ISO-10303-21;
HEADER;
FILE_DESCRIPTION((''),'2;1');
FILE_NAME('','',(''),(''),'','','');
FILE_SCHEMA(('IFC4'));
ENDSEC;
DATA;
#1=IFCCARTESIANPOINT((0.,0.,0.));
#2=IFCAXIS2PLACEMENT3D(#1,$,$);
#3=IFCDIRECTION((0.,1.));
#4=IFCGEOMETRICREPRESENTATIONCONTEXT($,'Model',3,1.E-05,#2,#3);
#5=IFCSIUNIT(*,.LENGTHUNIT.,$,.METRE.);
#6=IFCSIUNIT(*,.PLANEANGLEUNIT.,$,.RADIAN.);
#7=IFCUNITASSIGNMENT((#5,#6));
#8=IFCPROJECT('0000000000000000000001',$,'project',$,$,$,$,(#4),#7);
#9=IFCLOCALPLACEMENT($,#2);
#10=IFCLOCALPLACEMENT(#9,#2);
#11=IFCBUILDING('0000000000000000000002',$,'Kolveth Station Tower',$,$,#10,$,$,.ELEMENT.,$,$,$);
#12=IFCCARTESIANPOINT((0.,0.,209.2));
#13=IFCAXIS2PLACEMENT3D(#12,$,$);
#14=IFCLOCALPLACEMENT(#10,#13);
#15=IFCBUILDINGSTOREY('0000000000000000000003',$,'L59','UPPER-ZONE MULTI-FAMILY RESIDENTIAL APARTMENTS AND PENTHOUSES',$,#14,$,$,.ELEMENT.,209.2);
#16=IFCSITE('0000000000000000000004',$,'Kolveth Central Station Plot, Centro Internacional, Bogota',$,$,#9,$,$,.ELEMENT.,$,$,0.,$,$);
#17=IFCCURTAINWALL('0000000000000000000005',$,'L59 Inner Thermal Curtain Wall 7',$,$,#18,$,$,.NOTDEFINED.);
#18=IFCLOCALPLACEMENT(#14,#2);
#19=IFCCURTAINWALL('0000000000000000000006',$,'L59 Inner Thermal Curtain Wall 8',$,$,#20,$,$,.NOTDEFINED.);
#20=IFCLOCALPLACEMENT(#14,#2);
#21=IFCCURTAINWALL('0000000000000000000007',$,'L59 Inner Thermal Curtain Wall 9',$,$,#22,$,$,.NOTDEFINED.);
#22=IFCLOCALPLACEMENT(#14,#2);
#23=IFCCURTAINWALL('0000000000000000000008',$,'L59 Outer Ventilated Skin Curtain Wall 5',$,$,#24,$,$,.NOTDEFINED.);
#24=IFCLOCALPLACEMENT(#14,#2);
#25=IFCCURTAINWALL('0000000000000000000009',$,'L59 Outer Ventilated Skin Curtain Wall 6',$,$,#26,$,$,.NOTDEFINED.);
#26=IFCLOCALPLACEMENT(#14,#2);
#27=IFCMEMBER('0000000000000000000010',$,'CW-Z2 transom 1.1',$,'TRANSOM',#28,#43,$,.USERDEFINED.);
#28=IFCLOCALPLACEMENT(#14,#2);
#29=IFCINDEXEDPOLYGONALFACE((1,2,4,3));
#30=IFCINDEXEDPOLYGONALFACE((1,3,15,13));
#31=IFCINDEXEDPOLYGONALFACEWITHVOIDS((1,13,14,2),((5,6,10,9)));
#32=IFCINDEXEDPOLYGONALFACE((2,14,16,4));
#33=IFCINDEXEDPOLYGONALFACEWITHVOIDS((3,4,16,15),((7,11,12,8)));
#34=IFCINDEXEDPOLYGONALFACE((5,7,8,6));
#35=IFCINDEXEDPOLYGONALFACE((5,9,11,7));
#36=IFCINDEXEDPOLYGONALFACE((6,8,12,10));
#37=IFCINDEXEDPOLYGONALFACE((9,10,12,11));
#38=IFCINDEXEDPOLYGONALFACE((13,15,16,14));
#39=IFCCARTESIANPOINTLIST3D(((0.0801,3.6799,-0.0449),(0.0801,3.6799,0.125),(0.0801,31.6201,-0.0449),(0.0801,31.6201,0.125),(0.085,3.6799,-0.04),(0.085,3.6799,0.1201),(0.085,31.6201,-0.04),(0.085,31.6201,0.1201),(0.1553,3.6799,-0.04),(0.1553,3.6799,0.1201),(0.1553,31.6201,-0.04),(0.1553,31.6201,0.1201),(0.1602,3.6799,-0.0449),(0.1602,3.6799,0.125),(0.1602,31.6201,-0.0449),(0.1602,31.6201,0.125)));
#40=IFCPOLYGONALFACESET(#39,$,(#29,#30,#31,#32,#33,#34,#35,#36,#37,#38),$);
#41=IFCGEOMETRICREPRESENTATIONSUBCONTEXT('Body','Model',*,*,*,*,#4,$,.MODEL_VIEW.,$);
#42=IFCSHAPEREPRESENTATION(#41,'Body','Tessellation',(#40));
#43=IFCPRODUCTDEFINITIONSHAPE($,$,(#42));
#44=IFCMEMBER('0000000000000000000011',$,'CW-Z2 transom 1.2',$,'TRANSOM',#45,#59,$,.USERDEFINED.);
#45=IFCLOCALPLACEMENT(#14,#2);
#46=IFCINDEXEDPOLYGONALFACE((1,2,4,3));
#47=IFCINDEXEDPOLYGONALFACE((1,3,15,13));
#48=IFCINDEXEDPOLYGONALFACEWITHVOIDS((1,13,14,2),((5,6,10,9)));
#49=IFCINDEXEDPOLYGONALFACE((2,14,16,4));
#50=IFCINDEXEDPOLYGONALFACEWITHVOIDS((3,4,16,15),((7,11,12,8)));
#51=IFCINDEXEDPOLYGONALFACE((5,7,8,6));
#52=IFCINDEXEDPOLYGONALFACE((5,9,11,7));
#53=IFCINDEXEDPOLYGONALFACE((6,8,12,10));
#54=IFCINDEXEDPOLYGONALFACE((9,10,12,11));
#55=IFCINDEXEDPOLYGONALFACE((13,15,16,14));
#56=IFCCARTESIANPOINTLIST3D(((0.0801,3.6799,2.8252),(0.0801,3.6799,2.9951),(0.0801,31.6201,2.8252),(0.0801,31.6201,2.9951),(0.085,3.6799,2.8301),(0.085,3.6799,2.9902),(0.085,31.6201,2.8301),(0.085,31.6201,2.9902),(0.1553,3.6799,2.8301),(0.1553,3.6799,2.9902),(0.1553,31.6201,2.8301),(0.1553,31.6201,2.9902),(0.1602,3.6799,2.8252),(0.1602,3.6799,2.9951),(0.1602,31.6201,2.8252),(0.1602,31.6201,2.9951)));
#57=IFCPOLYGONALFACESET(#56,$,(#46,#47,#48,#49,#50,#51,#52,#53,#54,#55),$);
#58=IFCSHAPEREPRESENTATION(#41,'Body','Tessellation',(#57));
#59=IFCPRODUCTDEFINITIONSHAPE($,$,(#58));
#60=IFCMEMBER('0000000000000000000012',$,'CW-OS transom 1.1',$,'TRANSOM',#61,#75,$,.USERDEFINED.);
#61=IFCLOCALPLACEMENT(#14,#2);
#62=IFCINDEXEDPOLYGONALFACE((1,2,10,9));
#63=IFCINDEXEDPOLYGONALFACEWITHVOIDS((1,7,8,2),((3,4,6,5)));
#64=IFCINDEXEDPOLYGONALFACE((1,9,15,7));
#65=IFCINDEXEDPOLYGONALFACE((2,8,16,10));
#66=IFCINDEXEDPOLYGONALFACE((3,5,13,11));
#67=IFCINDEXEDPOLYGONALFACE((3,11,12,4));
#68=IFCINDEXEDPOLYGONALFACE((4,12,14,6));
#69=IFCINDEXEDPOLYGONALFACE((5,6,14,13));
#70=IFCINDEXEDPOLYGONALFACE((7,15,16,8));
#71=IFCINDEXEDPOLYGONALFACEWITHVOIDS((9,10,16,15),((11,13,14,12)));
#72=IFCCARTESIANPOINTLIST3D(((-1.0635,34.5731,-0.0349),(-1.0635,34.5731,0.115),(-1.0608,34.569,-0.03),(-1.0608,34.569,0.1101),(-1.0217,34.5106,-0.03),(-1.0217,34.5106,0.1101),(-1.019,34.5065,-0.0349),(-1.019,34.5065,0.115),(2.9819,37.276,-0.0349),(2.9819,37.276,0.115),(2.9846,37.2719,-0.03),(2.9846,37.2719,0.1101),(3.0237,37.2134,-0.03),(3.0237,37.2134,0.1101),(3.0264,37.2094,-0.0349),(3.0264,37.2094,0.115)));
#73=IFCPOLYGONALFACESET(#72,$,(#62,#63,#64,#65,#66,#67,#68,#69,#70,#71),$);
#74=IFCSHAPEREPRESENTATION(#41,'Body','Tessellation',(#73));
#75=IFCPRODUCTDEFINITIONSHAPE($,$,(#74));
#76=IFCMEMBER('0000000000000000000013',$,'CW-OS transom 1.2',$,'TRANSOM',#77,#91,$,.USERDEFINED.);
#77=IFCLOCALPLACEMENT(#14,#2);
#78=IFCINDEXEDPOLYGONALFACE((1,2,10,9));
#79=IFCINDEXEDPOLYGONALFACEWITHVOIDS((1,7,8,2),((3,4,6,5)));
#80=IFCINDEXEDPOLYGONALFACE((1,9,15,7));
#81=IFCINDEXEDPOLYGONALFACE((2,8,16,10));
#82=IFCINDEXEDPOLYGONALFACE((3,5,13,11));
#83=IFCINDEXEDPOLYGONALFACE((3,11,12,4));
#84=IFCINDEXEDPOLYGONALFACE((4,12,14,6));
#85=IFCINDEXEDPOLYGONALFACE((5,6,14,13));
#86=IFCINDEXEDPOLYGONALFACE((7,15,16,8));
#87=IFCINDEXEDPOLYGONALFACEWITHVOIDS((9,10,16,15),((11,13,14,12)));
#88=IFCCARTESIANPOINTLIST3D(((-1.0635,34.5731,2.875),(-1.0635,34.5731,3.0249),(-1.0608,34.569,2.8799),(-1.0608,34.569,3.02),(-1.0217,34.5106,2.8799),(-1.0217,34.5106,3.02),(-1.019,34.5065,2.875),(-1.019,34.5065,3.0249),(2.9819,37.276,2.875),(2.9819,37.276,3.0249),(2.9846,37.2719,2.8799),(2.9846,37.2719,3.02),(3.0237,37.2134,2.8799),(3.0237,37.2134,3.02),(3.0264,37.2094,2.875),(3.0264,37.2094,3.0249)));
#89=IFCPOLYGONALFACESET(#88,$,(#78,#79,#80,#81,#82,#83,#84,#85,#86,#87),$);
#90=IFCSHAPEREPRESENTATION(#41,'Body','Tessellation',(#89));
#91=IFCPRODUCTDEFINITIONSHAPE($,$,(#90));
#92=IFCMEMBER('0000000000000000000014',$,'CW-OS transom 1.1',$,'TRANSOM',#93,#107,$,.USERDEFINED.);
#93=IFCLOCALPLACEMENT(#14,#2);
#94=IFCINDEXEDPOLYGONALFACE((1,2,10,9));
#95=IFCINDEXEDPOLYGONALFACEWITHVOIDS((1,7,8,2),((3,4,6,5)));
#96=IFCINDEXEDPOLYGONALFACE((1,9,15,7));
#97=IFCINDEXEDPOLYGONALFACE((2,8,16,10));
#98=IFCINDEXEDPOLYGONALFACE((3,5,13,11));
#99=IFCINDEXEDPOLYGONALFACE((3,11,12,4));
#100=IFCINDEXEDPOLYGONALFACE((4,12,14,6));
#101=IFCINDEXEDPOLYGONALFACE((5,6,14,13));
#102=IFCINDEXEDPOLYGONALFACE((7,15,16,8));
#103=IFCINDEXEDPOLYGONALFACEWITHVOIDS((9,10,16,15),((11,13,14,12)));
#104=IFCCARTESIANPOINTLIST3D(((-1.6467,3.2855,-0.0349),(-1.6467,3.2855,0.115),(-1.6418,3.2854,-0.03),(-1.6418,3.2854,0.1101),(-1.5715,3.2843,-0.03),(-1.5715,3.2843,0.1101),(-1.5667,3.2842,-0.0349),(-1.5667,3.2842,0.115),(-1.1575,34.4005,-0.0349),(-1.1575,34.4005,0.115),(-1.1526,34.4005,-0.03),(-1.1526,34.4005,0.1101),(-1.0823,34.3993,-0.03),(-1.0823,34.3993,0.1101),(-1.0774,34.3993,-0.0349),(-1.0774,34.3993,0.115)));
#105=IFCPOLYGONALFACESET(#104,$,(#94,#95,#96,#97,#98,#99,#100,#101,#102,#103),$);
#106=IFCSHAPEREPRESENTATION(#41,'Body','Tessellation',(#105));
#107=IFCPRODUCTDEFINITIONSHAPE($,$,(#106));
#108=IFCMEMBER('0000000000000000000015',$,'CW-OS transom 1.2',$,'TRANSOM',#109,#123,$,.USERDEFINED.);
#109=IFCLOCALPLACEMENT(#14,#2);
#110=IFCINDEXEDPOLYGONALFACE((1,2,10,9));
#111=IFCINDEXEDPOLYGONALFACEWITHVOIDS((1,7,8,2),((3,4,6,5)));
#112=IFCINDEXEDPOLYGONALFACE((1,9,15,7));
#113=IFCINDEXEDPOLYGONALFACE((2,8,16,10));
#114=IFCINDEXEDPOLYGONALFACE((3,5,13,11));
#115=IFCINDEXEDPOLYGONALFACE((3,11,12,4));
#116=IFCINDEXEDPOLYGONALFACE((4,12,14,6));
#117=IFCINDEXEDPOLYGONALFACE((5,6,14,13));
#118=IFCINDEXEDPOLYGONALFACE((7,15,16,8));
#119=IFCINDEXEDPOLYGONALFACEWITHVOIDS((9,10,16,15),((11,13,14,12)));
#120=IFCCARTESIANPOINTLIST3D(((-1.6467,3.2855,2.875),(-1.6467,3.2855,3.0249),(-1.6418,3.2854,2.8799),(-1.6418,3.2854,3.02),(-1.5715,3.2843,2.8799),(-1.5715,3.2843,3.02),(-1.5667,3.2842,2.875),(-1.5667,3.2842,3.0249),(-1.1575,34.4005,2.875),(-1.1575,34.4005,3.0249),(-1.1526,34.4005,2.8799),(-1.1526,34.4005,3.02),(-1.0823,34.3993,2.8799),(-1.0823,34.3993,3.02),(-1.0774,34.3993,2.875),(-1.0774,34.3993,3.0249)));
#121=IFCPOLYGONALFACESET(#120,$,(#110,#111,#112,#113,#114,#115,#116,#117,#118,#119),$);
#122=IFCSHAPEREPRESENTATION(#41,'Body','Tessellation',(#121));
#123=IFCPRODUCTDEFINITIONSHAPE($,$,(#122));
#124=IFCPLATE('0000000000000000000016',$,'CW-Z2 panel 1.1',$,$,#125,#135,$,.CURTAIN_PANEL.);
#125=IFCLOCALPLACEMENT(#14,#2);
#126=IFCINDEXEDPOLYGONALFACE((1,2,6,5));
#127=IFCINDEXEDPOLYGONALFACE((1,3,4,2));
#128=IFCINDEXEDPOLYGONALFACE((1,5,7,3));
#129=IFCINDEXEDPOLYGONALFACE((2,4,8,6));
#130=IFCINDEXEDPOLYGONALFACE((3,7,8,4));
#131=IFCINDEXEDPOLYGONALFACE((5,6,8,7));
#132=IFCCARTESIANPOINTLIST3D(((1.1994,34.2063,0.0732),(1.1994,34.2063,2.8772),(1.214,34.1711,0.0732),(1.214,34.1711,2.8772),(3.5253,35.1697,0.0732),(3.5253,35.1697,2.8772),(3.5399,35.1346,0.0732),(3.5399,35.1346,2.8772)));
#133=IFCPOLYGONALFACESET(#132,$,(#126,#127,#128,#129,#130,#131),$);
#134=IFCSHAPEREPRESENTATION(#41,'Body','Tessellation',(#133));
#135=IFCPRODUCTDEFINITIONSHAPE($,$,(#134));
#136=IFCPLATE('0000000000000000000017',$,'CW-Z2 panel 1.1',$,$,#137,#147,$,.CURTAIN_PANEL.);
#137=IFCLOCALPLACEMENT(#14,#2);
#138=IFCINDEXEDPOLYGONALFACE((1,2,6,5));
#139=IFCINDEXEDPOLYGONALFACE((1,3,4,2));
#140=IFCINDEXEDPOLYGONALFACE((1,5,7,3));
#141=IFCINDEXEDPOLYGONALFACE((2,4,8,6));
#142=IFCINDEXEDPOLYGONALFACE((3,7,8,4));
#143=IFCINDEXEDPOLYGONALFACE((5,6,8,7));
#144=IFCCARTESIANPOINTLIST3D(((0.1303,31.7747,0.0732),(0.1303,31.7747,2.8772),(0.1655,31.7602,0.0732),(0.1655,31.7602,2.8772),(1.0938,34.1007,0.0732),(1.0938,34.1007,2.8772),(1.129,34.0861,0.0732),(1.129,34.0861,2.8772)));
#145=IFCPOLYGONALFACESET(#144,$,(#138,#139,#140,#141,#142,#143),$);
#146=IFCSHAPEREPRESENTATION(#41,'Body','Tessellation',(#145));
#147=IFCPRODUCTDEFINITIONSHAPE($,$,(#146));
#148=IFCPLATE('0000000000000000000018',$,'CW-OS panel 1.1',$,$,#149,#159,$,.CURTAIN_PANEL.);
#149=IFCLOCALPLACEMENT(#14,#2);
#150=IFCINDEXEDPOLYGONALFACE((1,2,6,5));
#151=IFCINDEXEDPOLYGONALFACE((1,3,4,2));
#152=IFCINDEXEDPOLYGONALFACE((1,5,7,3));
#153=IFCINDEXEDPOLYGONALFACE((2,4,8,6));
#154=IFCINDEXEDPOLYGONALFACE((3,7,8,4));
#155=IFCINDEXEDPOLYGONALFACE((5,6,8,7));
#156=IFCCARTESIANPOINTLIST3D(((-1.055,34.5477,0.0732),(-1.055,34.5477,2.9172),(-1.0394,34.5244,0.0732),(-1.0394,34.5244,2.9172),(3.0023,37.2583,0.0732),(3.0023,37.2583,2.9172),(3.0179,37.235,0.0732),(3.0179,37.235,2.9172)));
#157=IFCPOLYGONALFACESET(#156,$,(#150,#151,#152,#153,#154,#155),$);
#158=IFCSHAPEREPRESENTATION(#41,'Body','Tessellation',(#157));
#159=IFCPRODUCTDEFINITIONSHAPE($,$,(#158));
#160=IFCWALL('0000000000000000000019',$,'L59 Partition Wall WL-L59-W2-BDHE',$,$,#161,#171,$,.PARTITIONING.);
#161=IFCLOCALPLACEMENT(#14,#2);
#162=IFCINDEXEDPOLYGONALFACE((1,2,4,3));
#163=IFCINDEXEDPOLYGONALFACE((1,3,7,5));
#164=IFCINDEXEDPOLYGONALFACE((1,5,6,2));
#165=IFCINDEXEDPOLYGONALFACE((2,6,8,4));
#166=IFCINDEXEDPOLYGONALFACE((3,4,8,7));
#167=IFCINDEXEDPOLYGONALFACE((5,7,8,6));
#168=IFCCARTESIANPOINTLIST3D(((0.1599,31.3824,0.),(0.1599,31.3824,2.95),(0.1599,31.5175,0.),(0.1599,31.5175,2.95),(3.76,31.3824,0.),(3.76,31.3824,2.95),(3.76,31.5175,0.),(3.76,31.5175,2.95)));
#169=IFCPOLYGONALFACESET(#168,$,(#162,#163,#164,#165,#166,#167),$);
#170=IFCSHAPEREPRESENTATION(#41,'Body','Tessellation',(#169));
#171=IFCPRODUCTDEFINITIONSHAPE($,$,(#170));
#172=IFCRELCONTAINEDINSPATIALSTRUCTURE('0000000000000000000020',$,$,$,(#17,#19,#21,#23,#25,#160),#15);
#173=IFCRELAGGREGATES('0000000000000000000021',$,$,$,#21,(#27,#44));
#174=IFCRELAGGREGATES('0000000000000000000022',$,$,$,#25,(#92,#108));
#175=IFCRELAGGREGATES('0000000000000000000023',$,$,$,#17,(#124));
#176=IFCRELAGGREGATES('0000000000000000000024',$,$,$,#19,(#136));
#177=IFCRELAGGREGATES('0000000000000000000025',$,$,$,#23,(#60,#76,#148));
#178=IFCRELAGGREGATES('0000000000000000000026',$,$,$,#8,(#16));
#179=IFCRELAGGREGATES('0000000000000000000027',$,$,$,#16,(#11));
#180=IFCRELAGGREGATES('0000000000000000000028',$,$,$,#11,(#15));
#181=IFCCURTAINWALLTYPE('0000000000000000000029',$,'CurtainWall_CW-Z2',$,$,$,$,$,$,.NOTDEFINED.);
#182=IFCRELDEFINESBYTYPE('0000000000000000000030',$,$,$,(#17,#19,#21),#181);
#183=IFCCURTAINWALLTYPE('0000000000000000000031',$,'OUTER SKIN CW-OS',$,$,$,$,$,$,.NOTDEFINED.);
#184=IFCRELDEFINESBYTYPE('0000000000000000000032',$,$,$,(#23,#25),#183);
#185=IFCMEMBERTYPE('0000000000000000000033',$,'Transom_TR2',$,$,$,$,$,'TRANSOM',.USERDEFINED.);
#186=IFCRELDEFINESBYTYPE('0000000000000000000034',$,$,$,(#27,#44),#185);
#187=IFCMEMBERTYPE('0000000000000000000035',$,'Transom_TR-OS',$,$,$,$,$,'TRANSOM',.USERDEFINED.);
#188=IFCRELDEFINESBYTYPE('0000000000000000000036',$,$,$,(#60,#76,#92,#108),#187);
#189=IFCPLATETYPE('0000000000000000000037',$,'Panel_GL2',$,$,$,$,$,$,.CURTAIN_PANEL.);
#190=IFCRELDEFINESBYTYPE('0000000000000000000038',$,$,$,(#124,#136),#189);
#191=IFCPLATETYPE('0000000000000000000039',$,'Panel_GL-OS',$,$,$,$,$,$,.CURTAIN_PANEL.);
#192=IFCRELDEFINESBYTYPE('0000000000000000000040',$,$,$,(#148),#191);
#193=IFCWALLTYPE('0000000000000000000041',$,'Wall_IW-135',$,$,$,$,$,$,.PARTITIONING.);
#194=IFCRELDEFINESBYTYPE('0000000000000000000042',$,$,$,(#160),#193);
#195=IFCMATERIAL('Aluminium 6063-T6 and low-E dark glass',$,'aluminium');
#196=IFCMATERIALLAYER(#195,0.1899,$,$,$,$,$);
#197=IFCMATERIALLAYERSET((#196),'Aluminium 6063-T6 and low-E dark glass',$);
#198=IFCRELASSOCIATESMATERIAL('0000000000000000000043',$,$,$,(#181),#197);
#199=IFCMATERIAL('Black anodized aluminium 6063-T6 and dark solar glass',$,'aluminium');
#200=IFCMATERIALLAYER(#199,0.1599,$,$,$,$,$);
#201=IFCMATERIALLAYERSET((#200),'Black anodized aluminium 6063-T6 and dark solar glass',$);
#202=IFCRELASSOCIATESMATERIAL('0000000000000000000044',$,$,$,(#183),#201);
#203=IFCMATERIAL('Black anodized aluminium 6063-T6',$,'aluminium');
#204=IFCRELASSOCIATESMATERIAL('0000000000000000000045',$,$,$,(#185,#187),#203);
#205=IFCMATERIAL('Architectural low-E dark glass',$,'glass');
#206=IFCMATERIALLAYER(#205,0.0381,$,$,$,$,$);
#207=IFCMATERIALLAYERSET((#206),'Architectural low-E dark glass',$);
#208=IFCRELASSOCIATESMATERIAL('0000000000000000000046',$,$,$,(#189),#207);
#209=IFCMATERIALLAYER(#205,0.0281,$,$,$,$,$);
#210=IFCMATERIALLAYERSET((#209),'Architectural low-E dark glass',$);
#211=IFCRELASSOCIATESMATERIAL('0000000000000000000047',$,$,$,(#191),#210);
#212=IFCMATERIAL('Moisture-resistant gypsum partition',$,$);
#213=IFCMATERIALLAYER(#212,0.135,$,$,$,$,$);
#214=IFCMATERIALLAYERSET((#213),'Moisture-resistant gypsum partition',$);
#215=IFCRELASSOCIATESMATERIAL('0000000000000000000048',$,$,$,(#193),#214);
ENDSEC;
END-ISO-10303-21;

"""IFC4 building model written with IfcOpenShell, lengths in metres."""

from ifc_helpers import new_model, si_unit, direction, frame, frame_2d, origin, origin_2d, place, context, subcontext, project, spatial, rectangle, hollow_rectangle, extrude, source, transform, mapped, material, layer, layer_set, material_profile, profile_set, type_object, element, aggregate, save


model = new_model("IFC4")

# Units and contexts
model_context = context("Model", 3, precision=1e-05, world=origin(), true_north=direction((0.0, 1.0)))
body_context = subcontext(model_context, "Body", "Model", "MODEL_VIEW")
ifc_project = project(units=[si_unit("LENGTHUNIT", "METRE"), si_unit("PLANEANGLEUNIT", "RADIAN")], contexts=[model_context])

# Site, building, storey
site_placement = place(None, origin())
site = spatial("IfcSite", under=ifc_project, at=site_placement, Name="Kolveth Central Station Plot, Centro Internacional, Bogota", CompositionType="ELEMENT", RefElevation=0.0)
building_placement = place(site_placement, origin())
building = spatial("IfcBuilding", under=site, at=building_placement, Name="Kolveth Station Tower", CompositionType="ELEMENT")
storey_placement = place(building_placement, frame((0.0, 0.0, 209.2)))
storey = spatial("IfcBuildingStorey", under=building, at=storey_placement, Name="L59", Description="UPPER-ZONE MULTI-FAMILY RESIDENTIAL APARTMENTS AND PENTHOUSES", CompositionType="ELEMENT", Elevation=209.2)

# Curtain wall
ifc_material_1 = material(Name="Aluminium 6063-T6 and low-E dark glass", Category="aluminium")
ifc_layer_1 = layer(ifc_material_1, 0.1899)
ifc_layer_set_1 = layer_set([ifc_layer_1], Name="Aluminium 6063-T6 and low-E dark glass")
curtain_wall_type_1 = type_object("IfcCurtainWallType", Name="CurtainWall_CW-Z2", PredefinedType="NOTDEFINED", material=ifc_layer_set_1)
curtain_wall_1_placement = place(storey_placement, origin())
curtain_wall_1 = element("IfcCurtainWall", 1, at=curtain_wall_1_placement, inside=storey, type_object=curtain_wall_type_1, Name="L59 Inner Thermal Curtain Wall 7", PredefinedType="NOTDEFINED")
ifc_material_2 = material(Name="Black anodized aluminium 6063-T6", Category="aluminium")

# Curtain wall
curtain_wall_2_placement = place(storey_placement, origin())
curtain_wall_2 = element("IfcCurtainWall", 2, at=curtain_wall_2_placement, inside=storey, type_object=curtain_wall_type_1, Name="L59 Inner Thermal Curtain Wall 8", PredefinedType="NOTDEFINED")

# Curtain wall
curtain_wall_3_placement = place(storey_placement, origin())
curtain_wall_3 = element("IfcCurtainWall", 3, at=curtain_wall_3_placement, inside=storey, type_object=curtain_wall_type_1, Name="L59 Inner Thermal Curtain Wall 9", PredefinedType="NOTDEFINED")
ifc_material_3 = material(Name="Black anodized aluminium 6063-T6 and dark solar glass", Category="aluminium")
ifc_layer_2 = layer(ifc_material_3, 0.1599)
ifc_layer_set_2 = layer_set([ifc_layer_2], Name="Black anodized aluminium 6063-T6 and dark solar glass")
curtain_wall_type_2 = type_object("IfcCurtainWallType", Name="OUTER SKIN CW-OS", PredefinedType="NOTDEFINED", material=ifc_layer_set_2)

# Curtain wall
curtain_wall_4_placement = place(storey_placement, origin())
curtain_wall_4 = element("IfcCurtainWall", 4, at=curtain_wall_4_placement, inside=storey, type_object=curtain_wall_type_2, Name="L59 Outer Ventilated Skin Curtain Wall 5", PredefinedType="NOTDEFINED")

# Curtain wall
curtain_wall_5_placement = place(storey_placement, origin())
curtain_wall_5 = element("IfcCurtainWall", 5, at=curtain_wall_5_placement, inside=storey, type_object=curtain_wall_type_2, Name="L59 Outer Ventilated Skin Curtain Wall 6", PredefinedType="NOTDEFINED")

# Members
ifc_material_profile_1 = material_profile(ifc_material_2, hollow_rectangle(XDim=0.0801, YDim=0.1699, WallThickness=0.0049, at=origin_2d()), Name="ALU-80x170x5")
ifc_profile_set_1 = profile_set([ifc_material_profile_1], Name="Black anodized aluminium 6063-T6")
member_type_1 = type_object("IfcMemberType", Name="Transom_TR2", ElementType="TRANSOM", PredefinedType="USERDEFINED", material=ifc_profile_set_1)
shared_shape_1 = source(origin(), body_context, "Body", "SweptSolid", [
    extrude(hollow_rectangle(XDim=0.0801, YDim=0.1699, WallThickness=0.0049, at=origin_2d()), origin(), (0.0, 0.0, 1.0), 27.9402),
])
member_1_placement = place(storey_placement, frame((0.1201, 31.6201, 0.04), z_axis=(0.0, -1.0, 0.0), x_axis=(1.0, 0.0, 0.0)))
member_1 = element("IfcMember", 6, at=member_1_placement, type_object=member_type_1, Name="CW-Z2 transom 1.1", ObjectType="TRANSOM", PredefinedType="USERDEFINED", context=body_context, shape_type="MappedRepresentation", body=[
    mapped(shared_shape_1, transform((0.0, 0.0, 0.0), x_axis=(1.0, 0.0, 0.0), y_axis=(0.0, 1.0, 0.0), z_axis=(0.0, 0.0, 1.0), scale=1.0)),
])
member_2_placement = place(storey_placement, frame((0.1201, 31.6201, 2.9102), z_axis=(0.0, -1.0, 0.0), x_axis=(1.0, 0.0, 0.0)))
member_2 = element("IfcMember", 7, at=member_2_placement, type_object=member_type_1, Name="CW-Z2 transom 1.2", ObjectType="TRANSOM", PredefinedType="USERDEFINED", context=body_context, shape_type="MappedRepresentation", body=[
    mapped(shared_shape_1, transform((0.0, 0.0, 0.0), x_axis=(1.0, 0.0, 0.0), y_axis=(0.0, 1.0, 0.0), z_axis=(0.0, 0.0, 1.0), scale=1.0)),
])
aggregate(curtain_wall_3, [member_1, member_2])
ifc_material_profile_2 = material_profile(ifc_material_2, hollow_rectangle(XDim=0.0801, YDim=0.1499, WallThickness=0.0049, at=origin_2d()), Name="ALU-80x150x5")
ifc_profile_set_2 = profile_set([ifc_material_profile_2], Name="Black anodized aluminium 6063-T6")
member_type_2 = type_object("IfcMemberType", Name="Transom_TR-OS", ElementType="TRANSOM", PredefinedType="USERDEFINED", material=ifc_profile_set_2)
shared_shape_2 = source(origin(), body_context, "Body", "SweptSolid", [
    extrude(hollow_rectangle(XDim=0.0801, YDim=0.1499, WallThickness=0.0049, at=origin_2d()), origin(), (0.0, 0.0, 1.0), 4.8652),
])
member_3_placement = place(storey_placement, frame((3.0042, 37.2427, 0.04), z_axis=(-0.831486, -0.555545, 0.0), x_axis=(0.555545, -0.831486, 0.0)))
member_3 = element("IfcMember", 8, at=member_3_placement, type_object=member_type_2, Name="CW-OS transom 1.1", ObjectType="TRANSOM", PredefinedType="USERDEFINED", context=body_context, shape_type="MappedRepresentation", body=[
    mapped(shared_shape_2, transform((0.0, 0.0, 0.0), x_axis=(1.0, 0.0, 0.0), y_axis=(0.0, 1.0, 0.0), z_axis=(0.0, 0.0, 1.0), scale=1.0)),
])
member_4_placement = place(storey_placement, frame((3.0042, 37.2427, 2.95), z_axis=(-0.831486, -0.555545, 0.0), x_axis=(0.555545, -0.831486, 0.0)))
member_4 = element("IfcMember", 9, at=member_4_placement, type_object=member_type_2, Name="CW-OS transom 1.2", ObjectType="TRANSOM", PredefinedType="USERDEFINED", context=body_context, shape_type="MappedRepresentation", body=[
    mapped(shared_shape_2, transform((0.0, 0.0, 0.0), x_axis=(1.0, 0.0, 0.0), y_axis=(0.0, 1.0, 0.0), z_axis=(0.0, 0.0, 1.0), scale=1.0)),
])
shared_shape_3 = source(origin(), body_context, "Body", "SweptSolid", [
    extrude(hollow_rectangle(XDim=0.0801, YDim=0.1499, WallThickness=0.0049, at=origin_2d()), origin(), (0.0, 0.0, 1.0), 31.1189),
])
member_5_placement = place(storey_placement, frame((-1.1174, 34.3999, 0.04), z_axis=(-0.015722, -0.999876, 0.0), x_axis=(0.999876, -0.015722, 0.0)))
member_5 = element("IfcMember", 10, at=member_5_placement, type_object=member_type_2, Name="CW-OS transom 1.1", ObjectType="TRANSOM", PredefinedType="USERDEFINED", context=body_context, shape_type="MappedRepresentation", body=[
    mapped(shared_shape_3, transform((0.0, 0.0, 0.0), x_axis=(1.0, 0.0, 0.0), y_axis=(0.0, 1.0, 0.0), z_axis=(0.0, 0.0, 1.0), scale=1.0)),
])
member_6_placement = place(storey_placement, frame((-1.1174, 34.3999, 2.95), z_axis=(-0.015722, -0.999876, 0.0), x_axis=(0.999876, -0.015722, 0.0)))
member_6 = element("IfcMember", 11, at=member_6_placement, type_object=member_type_2, Name="CW-OS transom 1.2", ObjectType="TRANSOM", PredefinedType="USERDEFINED", context=body_context, shape_type="MappedRepresentation", body=[
    mapped(shared_shape_3, transform((0.0, 0.0, 0.0), x_axis=(1.0, 0.0, 0.0), y_axis=(0.0, 1.0, 0.0), z_axis=(0.0, 0.0, 1.0), scale=1.0)),
])
aggregate(curtain_wall_5, [member_5, member_6])

# Plates
ifc_material_4 = material(Name="Architectural low-E dark glass", Category="glass")
ifc_layer_3 = layer(ifc_material_4, 0.0381)
ifc_layer_set_3 = layer_set([ifc_layer_3], Name="Architectural low-E dark glass")
plate_type_1 = type_object("IfcPlateType", Name="Panel_GL2", PredefinedType="CURTAIN_PANEL", material=ifc_layer_set_3)
shared_shape_4 = source(origin(), body_context, "Body", "SweptSolid", [
    extrude(rectangle(XDim=2.5176, YDim=0.0381, at=origin_2d()), origin(), (0.0, 0.0, 1.0), 2.804),
])
plate_1_placement = place(storey_placement, frame((2.3696, 34.6704, 0.0732), z_axis=(0.0, 0.0, 1.0), x_axis=(-0.923874, -0.382698, 0.0)))
plate_1 = element("IfcPlate", 12, at=plate_1_placement, type_object=plate_type_1, Name="CW-Z2 panel 1.1", PredefinedType="CURTAIN_PANEL", context=body_context, shape_type="MappedRepresentation", body=[
    mapped(shared_shape_4, transform((0.0, 0.0, 0.0), x_axis=(1.0, 0.0, 0.0), y_axis=(0.0, 1.0, 0.0), z_axis=(0.0, 0.0, 1.0), scale=1.0)),
])
aggregate(curtain_wall_1, [plate_1])
plate_2_placement = place(storey_placement, frame((0.6296, 32.9304, 0.0732), z_axis=(0.0, 0.0, 1.0), x_axis=(-0.382698, -0.923874, 0.0)))
plate_2 = element("IfcPlate", 13, at=plate_2_placement, type_object=plate_type_1, Name="CW-Z2 panel 1.1", PredefinedType="CURTAIN_PANEL", context=body_context, shape_type="MappedRepresentation", body=[
    mapped(shared_shape_4, transform((0.0, 0.0, 0.0), x_axis=(1.0, 0.0, 0.0), y_axis=(0.0, 1.0, 0.0), z_axis=(0.0, 0.0, 1.0), scale=1.0)),
])
aggregate(curtain_wall_2, [plate_2])
ifc_layer_4 = layer(ifc_material_4, 0.0281)
ifc_layer_set_4 = layer_set([ifc_layer_4], Name="Architectural low-E dark glass")
plate_type_2 = type_object("IfcPlateType", Name="Panel_GL-OS", PredefinedType="CURTAIN_PANEL", material=ifc_layer_set_4)
shared_shape_5 = source(origin(), body_context, "Body", "SweptSolid", [
    extrude(rectangle(XDim=4.8794, YDim=0.0281, at=origin_2d()), origin(), (0.0, 0.0, 1.0), 2.844),
])
plate_3_placement = place(storey_placement, frame((0.9814, 35.8914, 0.0732), z_axis=(0.0, 0.0, 1.0), x_axis=(-0.831501, -0.555523, 0.0)))
plate_3 = element("IfcPlate", 14, at=plate_3_placement, type_object=plate_type_2, Name="CW-OS panel 1.1", PredefinedType="CURTAIN_PANEL", context=body_context, shape_type="MappedRepresentation", body=[
    mapped(shared_shape_5, transform((0.0, 0.0, 0.0), x_axis=(1.0, 0.0, 0.0), y_axis=(0.0, 1.0, 0.0), z_axis=(0.0, 0.0, 1.0), scale=1.0)),
])
aggregate(curtain_wall_4, [member_3, member_4, plate_3])

# Wall
ifc_material_5 = material(Name="Moisture-resistant gypsum partition")
ifc_layer_5 = layer(ifc_material_5, 0.135)
ifc_layer_set_5 = layer_set([ifc_layer_5], Name="Moisture-resistant gypsum partition")
wall_type = type_object("IfcWallType", Name="Wall_IW-135", PredefinedType="PARTITIONING", material=ifc_layer_set_5)
wall_placement = place(storey_placement, frame((0.1599, 31.45, 0.0), z_axis=(0.0, 0.0, 1.0), x_axis=(1.0, 0.0, 0.0)))
element("IfcWall", 15, at=wall_placement, inside=storey, type_object=wall_type, Name="L59 Partition Wall WL-L59-W2-BDHE", PredefinedType="PARTITIONING", context=body_context, shape_type="SweptSolid", body=[
    extrude(rectangle(XDim=3.6001, YDim=0.135, at=frame_2d((1.8, 0.0))), origin(), (0.0, 0.0, 1.0), 2.95),
])

save(model, "model.ifc")
